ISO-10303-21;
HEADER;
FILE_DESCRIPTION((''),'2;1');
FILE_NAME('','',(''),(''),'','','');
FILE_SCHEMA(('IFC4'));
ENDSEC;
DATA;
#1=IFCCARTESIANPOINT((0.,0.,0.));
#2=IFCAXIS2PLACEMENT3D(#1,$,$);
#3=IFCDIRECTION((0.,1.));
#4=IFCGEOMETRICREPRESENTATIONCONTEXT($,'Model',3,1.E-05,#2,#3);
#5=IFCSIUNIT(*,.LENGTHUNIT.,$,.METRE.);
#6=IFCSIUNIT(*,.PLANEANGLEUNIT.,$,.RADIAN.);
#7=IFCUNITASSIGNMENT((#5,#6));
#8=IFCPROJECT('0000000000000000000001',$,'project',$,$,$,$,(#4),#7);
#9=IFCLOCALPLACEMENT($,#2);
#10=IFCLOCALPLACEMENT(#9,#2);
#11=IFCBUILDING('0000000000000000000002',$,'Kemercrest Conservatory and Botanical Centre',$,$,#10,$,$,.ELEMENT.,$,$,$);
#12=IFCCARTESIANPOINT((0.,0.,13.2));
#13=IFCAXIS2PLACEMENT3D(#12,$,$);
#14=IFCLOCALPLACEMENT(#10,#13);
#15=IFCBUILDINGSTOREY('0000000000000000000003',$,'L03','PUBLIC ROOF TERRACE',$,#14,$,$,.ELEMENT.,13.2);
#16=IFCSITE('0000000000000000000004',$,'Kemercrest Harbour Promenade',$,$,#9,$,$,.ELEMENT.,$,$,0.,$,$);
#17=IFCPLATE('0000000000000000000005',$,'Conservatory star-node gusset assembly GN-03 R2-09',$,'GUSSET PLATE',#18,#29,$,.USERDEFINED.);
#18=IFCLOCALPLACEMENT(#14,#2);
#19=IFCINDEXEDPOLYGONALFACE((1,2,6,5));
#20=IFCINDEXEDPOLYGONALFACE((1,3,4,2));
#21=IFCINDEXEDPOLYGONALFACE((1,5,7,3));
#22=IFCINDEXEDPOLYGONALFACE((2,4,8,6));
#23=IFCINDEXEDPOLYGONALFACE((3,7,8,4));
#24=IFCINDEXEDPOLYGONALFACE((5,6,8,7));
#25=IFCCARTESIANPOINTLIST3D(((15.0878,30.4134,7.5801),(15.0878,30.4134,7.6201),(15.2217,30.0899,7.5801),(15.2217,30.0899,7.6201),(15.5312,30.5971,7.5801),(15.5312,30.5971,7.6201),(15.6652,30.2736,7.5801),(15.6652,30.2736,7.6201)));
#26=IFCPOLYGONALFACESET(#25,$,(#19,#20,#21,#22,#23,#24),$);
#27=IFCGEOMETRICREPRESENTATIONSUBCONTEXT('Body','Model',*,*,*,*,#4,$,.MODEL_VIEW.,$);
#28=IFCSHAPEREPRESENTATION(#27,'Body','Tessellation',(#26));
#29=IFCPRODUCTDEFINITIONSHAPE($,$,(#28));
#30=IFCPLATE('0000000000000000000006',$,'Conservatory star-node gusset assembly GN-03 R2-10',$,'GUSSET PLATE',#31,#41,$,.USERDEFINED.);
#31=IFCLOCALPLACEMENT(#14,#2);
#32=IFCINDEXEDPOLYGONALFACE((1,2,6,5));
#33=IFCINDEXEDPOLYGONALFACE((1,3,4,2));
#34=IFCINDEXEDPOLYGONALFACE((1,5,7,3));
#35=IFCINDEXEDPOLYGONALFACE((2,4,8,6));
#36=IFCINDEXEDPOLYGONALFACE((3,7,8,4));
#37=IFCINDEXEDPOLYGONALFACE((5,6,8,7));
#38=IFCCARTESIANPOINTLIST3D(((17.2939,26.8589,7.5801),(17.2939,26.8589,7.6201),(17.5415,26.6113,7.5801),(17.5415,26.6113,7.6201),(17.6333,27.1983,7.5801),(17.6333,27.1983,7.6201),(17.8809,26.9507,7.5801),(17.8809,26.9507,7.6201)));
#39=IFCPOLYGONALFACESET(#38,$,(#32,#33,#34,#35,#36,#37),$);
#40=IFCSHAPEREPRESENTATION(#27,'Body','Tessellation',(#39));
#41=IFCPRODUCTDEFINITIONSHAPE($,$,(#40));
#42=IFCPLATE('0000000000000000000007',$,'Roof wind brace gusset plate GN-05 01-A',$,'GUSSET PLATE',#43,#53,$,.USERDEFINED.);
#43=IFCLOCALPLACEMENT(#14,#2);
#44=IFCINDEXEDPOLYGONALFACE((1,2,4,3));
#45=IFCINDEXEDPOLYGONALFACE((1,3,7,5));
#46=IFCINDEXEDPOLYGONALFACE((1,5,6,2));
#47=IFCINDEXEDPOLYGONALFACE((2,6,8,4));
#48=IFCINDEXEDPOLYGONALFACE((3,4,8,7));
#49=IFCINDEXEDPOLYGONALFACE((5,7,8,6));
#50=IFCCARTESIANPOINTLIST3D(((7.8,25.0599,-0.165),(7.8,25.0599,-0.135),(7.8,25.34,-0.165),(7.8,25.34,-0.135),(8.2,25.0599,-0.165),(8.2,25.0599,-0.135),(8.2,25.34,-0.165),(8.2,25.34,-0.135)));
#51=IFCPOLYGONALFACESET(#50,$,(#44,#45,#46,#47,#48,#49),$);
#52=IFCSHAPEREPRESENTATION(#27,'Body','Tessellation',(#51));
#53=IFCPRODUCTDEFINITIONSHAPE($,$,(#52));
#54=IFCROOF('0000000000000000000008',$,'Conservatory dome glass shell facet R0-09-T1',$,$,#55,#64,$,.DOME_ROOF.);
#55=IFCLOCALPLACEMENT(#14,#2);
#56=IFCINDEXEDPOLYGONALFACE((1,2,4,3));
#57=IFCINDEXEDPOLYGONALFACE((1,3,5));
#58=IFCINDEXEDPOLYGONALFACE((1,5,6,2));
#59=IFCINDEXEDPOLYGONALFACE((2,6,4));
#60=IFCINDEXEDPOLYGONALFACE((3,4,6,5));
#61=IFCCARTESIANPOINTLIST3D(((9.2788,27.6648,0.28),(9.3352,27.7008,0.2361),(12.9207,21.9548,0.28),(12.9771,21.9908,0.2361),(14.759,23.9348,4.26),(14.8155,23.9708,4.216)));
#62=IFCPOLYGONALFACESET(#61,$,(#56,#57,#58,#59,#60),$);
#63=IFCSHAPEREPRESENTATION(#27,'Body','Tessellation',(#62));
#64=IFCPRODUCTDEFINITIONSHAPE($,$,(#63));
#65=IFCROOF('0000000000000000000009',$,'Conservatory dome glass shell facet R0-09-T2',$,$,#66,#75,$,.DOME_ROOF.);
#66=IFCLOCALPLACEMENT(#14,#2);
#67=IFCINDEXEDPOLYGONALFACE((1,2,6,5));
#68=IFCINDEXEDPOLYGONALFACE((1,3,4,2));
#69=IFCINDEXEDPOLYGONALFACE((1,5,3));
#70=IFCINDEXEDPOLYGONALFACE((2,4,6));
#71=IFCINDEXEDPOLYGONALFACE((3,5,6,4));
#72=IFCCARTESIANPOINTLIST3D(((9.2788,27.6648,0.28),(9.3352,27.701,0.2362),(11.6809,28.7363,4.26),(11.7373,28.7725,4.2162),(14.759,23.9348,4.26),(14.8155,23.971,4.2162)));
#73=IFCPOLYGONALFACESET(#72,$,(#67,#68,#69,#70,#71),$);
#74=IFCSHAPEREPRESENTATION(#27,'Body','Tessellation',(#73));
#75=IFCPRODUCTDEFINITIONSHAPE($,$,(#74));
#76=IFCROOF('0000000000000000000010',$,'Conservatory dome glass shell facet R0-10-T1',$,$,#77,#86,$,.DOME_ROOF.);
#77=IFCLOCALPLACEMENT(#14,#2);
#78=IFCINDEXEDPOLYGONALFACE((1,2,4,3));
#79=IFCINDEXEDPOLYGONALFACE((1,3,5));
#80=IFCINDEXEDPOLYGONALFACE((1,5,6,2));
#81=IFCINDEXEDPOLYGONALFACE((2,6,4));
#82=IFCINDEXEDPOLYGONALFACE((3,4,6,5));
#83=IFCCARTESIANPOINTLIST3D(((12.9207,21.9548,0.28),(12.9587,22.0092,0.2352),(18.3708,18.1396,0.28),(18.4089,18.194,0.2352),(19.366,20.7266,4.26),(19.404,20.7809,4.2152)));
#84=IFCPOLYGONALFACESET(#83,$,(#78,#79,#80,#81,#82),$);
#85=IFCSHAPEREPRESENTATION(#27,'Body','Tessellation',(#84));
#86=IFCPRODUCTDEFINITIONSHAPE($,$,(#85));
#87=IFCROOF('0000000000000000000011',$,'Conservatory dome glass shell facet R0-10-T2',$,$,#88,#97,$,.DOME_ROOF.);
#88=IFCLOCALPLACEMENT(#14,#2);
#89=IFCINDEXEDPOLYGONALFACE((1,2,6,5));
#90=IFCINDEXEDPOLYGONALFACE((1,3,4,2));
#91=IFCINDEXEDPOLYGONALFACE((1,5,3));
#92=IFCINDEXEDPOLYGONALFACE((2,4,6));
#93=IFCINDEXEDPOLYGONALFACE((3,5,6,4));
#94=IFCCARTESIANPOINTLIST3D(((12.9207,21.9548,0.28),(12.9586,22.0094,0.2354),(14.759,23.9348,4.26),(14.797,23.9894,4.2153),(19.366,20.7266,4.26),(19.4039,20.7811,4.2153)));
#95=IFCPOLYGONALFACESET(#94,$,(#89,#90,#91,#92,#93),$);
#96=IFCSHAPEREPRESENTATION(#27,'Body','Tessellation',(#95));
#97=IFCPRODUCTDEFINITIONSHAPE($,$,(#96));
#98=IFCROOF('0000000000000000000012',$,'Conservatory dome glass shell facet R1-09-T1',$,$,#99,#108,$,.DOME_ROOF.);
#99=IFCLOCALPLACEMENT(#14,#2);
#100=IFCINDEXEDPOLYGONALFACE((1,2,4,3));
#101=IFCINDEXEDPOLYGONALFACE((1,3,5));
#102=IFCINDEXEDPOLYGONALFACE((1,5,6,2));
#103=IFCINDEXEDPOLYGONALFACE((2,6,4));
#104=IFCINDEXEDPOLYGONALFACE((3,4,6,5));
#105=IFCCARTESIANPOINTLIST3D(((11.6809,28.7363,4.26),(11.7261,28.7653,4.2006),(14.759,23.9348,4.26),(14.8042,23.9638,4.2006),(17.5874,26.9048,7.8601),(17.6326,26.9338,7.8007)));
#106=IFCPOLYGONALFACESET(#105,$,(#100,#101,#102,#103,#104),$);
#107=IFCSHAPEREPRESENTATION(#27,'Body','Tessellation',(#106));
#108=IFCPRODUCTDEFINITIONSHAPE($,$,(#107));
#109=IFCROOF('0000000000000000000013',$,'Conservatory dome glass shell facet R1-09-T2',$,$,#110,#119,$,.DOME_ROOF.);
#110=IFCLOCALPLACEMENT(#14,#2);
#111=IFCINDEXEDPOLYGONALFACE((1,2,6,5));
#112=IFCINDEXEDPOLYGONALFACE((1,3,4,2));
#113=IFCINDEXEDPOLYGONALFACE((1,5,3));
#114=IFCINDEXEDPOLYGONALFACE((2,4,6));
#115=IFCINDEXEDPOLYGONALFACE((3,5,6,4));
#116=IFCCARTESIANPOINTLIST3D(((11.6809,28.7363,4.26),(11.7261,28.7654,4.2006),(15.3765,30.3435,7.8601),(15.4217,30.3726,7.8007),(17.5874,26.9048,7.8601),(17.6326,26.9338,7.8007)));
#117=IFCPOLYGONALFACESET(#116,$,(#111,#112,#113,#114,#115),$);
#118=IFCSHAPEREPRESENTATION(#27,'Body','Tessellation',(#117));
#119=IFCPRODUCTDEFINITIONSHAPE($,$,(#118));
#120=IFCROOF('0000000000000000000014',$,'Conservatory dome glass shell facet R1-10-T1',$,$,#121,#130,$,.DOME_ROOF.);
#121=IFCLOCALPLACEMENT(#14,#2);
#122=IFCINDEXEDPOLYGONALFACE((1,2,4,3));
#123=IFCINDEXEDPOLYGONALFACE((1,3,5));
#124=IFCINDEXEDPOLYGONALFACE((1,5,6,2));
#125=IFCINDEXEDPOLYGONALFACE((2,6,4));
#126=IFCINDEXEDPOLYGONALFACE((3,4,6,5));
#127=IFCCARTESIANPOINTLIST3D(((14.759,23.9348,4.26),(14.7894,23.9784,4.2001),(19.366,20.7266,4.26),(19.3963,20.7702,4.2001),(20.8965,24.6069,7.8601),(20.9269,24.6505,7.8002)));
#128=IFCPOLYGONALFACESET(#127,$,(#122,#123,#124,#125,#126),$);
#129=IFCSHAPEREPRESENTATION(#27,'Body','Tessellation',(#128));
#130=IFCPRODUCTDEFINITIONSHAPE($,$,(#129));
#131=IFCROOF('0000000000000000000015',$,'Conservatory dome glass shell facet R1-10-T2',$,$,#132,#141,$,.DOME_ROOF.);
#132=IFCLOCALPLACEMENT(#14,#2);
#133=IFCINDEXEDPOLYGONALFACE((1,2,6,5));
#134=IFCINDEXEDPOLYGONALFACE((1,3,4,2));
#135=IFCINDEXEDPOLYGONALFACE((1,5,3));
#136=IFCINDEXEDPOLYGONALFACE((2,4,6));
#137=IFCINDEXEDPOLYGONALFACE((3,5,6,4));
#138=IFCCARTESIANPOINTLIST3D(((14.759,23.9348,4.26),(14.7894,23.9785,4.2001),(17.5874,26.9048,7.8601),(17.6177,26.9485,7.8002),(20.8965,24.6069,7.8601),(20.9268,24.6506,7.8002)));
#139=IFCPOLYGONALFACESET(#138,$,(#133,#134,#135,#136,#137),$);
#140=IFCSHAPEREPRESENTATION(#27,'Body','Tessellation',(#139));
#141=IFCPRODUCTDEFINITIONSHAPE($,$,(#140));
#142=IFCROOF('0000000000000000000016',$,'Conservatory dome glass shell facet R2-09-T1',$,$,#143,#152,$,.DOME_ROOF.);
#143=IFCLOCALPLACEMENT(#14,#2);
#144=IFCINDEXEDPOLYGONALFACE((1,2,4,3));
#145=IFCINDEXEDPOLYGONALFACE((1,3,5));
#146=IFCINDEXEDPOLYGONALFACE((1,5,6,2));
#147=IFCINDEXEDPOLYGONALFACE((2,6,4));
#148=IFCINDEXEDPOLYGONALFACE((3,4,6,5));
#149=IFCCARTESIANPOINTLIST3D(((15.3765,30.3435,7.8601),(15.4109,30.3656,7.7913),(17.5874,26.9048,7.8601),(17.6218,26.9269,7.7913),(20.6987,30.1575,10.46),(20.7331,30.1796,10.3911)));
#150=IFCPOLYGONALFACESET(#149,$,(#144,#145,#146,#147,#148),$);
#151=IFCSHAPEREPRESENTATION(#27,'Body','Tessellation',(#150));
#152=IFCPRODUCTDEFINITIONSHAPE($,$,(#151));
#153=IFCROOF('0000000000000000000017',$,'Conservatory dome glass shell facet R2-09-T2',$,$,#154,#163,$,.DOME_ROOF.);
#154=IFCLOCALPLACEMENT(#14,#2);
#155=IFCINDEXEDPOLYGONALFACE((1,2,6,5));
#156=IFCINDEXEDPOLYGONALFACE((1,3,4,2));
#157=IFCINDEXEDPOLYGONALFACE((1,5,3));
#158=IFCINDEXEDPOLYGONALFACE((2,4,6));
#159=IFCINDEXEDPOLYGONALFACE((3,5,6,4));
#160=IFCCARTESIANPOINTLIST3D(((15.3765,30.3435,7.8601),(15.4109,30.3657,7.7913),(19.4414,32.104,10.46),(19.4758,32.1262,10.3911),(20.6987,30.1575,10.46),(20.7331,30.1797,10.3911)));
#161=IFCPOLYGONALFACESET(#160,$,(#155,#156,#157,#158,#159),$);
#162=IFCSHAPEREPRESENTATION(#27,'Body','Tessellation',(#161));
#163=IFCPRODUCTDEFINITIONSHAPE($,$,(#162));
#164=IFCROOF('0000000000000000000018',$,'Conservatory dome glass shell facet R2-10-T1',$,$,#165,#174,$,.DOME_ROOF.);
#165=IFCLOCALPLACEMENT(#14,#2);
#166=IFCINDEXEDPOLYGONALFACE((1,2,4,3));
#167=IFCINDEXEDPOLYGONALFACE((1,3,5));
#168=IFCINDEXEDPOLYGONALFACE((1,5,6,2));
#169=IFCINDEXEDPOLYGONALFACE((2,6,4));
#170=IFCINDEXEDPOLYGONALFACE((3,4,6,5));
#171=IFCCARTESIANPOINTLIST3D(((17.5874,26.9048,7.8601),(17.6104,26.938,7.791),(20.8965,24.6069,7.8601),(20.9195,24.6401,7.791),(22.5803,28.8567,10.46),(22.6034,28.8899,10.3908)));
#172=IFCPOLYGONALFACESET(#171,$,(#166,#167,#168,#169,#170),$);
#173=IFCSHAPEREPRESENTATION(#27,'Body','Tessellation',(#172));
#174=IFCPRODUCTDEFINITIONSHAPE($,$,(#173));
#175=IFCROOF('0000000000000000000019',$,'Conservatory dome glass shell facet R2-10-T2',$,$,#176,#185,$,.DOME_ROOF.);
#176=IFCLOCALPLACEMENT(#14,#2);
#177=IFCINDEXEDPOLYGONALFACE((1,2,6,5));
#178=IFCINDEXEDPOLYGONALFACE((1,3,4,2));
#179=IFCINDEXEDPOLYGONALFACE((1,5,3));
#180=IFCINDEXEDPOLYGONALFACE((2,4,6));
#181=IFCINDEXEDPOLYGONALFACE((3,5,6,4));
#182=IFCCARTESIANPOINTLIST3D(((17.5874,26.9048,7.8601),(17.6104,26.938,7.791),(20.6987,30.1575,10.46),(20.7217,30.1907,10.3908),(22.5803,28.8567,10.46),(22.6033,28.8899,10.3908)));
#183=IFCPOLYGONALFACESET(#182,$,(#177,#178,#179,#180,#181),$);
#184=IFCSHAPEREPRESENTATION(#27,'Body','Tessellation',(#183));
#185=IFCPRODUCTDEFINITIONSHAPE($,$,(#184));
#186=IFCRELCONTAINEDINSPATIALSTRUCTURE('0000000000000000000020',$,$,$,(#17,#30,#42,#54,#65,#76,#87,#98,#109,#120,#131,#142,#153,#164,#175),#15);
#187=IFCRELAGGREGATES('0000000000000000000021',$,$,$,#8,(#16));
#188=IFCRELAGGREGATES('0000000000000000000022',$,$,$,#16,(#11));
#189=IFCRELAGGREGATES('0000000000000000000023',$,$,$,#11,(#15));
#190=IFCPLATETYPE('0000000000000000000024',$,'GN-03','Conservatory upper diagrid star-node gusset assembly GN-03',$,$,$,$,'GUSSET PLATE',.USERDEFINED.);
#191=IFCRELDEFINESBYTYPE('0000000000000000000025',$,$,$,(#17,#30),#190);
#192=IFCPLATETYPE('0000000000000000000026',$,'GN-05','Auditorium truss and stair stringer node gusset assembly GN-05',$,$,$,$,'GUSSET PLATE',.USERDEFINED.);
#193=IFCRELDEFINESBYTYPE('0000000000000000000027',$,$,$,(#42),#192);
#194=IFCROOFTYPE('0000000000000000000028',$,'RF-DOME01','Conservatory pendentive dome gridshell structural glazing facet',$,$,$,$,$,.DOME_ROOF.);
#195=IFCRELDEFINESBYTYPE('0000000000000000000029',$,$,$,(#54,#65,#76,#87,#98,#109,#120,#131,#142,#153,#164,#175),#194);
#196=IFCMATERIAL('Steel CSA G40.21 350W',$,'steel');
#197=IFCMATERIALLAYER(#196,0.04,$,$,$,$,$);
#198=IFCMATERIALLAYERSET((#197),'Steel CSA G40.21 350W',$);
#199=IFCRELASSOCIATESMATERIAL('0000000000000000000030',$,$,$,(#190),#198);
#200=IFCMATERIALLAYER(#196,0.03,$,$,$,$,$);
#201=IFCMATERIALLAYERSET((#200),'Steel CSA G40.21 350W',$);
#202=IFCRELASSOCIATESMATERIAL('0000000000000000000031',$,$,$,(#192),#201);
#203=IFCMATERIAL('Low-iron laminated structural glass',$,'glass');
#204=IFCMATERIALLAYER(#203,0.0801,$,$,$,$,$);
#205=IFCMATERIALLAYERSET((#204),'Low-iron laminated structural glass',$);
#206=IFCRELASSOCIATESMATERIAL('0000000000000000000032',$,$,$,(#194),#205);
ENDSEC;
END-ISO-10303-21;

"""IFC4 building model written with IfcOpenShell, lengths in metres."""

from ifc_helpers import new_model, si_unit, direction, frame, origin, origin_2d, place, context, subcontext, project, spatial, polyline, rectangle, outline, extrude, material, layer, layer_set, type_object, element, save


model = new_model("IFC4")

# Units and contexts
model_context = context("Model", 3, precision=1e-05, world=origin(), true_north=direction((0.0, 1.0)))
body_context = subcontext(model_context, "Body", "Model", "MODEL_VIEW")
ifc_project = project(units=[si_unit("LENGTHUNIT", "METRE"), si_unit("PLANEANGLEUNIT", "RADIAN")], contexts=[model_context])

# Site, building, storey
site_placement = place(None, origin())
site = spatial("IfcSite", under=ifc_project, at=site_placement, Name="Kemercrest Harbour Promenade", CompositionType="ELEMENT", RefElevation=0.0)
building_placement = place(site_placement, origin())
building = spatial("IfcBuilding", under=site, at=building_placement, Name="Kemercrest Conservatory and Botanical Centre", CompositionType="ELEMENT")
storey_placement = place(building_placement, frame((0.0, 0.0, 13.2)))
storey = spatial("IfcBuildingStorey", under=building, at=storey_placement, Name="L03", Description="PUBLIC ROOF TERRACE", CompositionType="ELEMENT", Elevation=13.2)

# Shared definitions
ifc_material_1 = material(Name="Steel CSA G40.21 350W", Category="steel")

# Plates
ifc_layer_1 = layer(ifc_material_1, 0.04)
ifc_layer_set_1 = layer_set([ifc_layer_1], Name="Steel CSA G40.21 350W")
plate_type_1 = type_object("IfcPlateType", Name="GN-03", Description="Conservatory upper diagrid star-node gusset assembly GN-03", ElementType="GUSSET PLATE", PredefinedType="USERDEFINED", material=ifc_layer_set_1)
for number, where, z_axis, x_axis, name in (
    (1, (15.3765, 30.3435, 7.5801), (0.0, 0.0, 1.0), (0.92388, 0.382683, 0.0), "Conservatory star-node gusset assembly GN-03 R2-09"),
    (2, (17.5874, 26.9048, 7.5801), (0.0, 0.0, 1.0), (0.707107, 0.707107, 0.0), "Conservatory star-node gusset assembly GN-03 R2-10"),
):
    element("IfcPlate", number, at=place(storey_placement, frame(where, z_axis=z_axis, x_axis=x_axis)), inside=storey, type_object=plate_type_1, Name=name, ObjectType="GUSSET PLATE", PredefinedType="USERDEFINED", context=body_context, shape_type="SweptSolid", body=[
        extrude(rectangle(XDim=0.48, YDim=0.3501, at=origin_2d()), origin(), (0.0, 0.0, 1.0), 0.04),
    ])
ifc_layer_2 = layer(ifc_material_1, 0.03)
ifc_layer_set_2 = layer_set([ifc_layer_2], Name="Steel CSA G40.21 350W")
plate_type_2 = type_object("IfcPlateType", Name="GN-05", Description="Auditorium truss and stair stringer node gusset assembly GN-05", ElementType="GUSSET PLATE", PredefinedType="USERDEFINED", material=ifc_layer_set_2)
plate_1_placement = place(storey_placement, frame((8.0, 25.2, -0.165), z_axis=(0.0, 0.0, 1.0), x_axis=(1.0, 0.0, 0.0)))
element("IfcPlate", 3, at=plate_1_placement, inside=storey, type_object=plate_type_2, Name="Roof wind brace gusset plate GN-05 01-A", ObjectType="GUSSET PLATE", PredefinedType="USERDEFINED", context=body_context, shape_type="SweptSolid", body=[
    extrude(rectangle(XDim=0.3999, YDim=0.28, at=origin_2d()), origin(), (0.0, 0.0, 1.0), 0.03),
])

# Roofs
ifc_material_2 = material(Name="Low-iron laminated structural glass", Category="glass")
ifc_layer_3 = layer(ifc_material_2, 0.0801)
ifc_layer_set_3 = layer_set([ifc_layer_3], Name="Low-iron laminated structural glass")
roof_type = type_object("IfcRoofType", Name="RF-DOME01", Description="Conservatory pendentive dome gridshell structural glazing facet", PredefinedType="DOME_ROOF", material=ifc_layer_set_3)
roof_1_placement = place(storey_placement, frame((9.2788, 27.6648, 0.28), z_axis=(-0.704652, -0.449431, 0.549069), x_axis=(0.537741, -0.84311, 0.0)))
element("IfcRoof", 4, at=roof_1_placement, inside=storey, type_object=roof_type, Name="Conservatory dome glass shell facet R0-09-T1", PredefinedType="DOME_ROOF", context=body_context, shape_type="SweptSolid", body=[
    extrude(outline(polyline([(0.0, 0.0), (6.7725, 0.0), (6.0917, 4.762), (0.0, 0.0)])), origin(), (0.0, 0.0, -1.0), 0.0801),
])
roof_2_placement = place(storey_placement, frame((9.2788, 27.6648, 0.28), z_axis=(-0.704755, -0.4518, 0.54699), x_axis=(0.70876, -0.4824, 0.514733)))
element("IfcRoof", 5, at=roof_2_placement, inside=storey, type_object=roof_type, Name="Conservatory dome glass shell facet R0-09-T2", PredefinedType="DOME_ROOF", context=body_context, shape_type="SweptSolid", body=[
    extrude(outline(polyline([(0.0, 0.0), (7.7321, 0.0), (3.2342, 3.5069), (0.0, 0.0)])), origin(), (0.0, 0.0, -1.0), 0.0801),
])
roof_3_placement = place(storey_placement, frame((12.9207, 21.9548, 0.28), z_axis=(-0.475126, -0.678743, 0.559967), x_axis=(0.819228, -0.573467, 0.0)))
element("IfcRoof", 6, at=roof_3_placement, inside=storey, type_object=roof_type, Name="Conservatory dome glass shell facet R0-10-T1", PredefinedType="DOME_ROOF", context=body_context, shape_type="SweptSolid", body=[
    extrude(outline(polyline([(0.0, 0.0), (6.6528, 0.0), (5.9846, 4.8038), (0.0, 0.0)])), origin(), (0.0, 0.0, -1.0), 0.0801),
])
roof_4_placement = place(storey_placement, frame((12.9207, 21.9548, 0.28), z_axis=(-0.474279, -0.681047, 0.557883), x_axis=(0.839885, -0.160055, 0.518629)))
element("IfcRoof", 7, at=roof_4_placement, inside=storey, type_object=roof_type, Name="Conservatory dome glass shell facet R0-10-T2", PredefinedType="DOME_ROOF", context=body_context, shape_type="SweptSolid", body=[
    extrude(outline(polyline([(0.0, 0.0), (7.674, 0.0), (3.2913, 3.5083), (0.0, 0.0)])), origin(), (0.0, 0.0, -1.0), 0.0801),
])
roof_5_placement = place(storey_placement, frame((11.6809, 28.7363, 4.26), z_axis=(-0.564432, -0.361843, 0.741948), x_axis=(0.539695, -0.841861, 0.0)))
element("IfcRoof", 8, at=roof_5_placement, inside=storey, type_object=roof_type, Name="Conservatory dome glass shell facet R1-09-T1", PredefinedType="DOME_ROOF", context=body_context, shape_type="SweptSolid", body=[
    extrude(outline(polyline([(0.0, 0.0), (5.7035, 0.0), (4.7296, 5.3696), (0.0, 0.0)])), origin(), (0.0, 0.0, -1.0), 0.0801),
])
roof_6_placement = place(storey_placement, frame((11.6809, 28.7363, 4.26), z_axis=(-0.564441, -0.362909, 0.74142), x_axis=(0.825442, -0.255961, 0.503119)))
element("IfcRoof", 9, at=roof_6_placement, inside=storey, type_object=roof_type, Name="Conservatory dome glass shell facet R1-09-T2", PredefinedType="DOME_ROOF", context=body_context, shape_type="SweptSolid", body=[
    extrude(outline(polyline([(0.0, 0.0), (7.1556, 0.0), (4.4504, 3.0651), (0.0, 0.0)])), origin(), (0.0, 0.0, -1.0), 0.0801),
])
roof_7_placement = place(storey_placement, frame((14.759, 23.9348, 4.26), z_axis=(-0.379205, -0.544524, 0.748129), x_axis=(0.820619, -0.571476, 0.0)))
element("IfcRoof", 10, at=roof_7_placement, inside=storey, type_object=roof_type, Name="Conservatory dome glass shell facet R1-10-T1", PredefinedType="DOME_ROOF", context=body_context, shape_type="SweptSolid", body=[
    extrude(outline(polyline([(0.0, 0.0), (5.614, 0.0), (4.6524, 5.4255), (0.0, 0.0)])), origin(), (0.0, 0.0, -1.0), 0.0801),
])
roof_8_placement = place(storey_placement, frame((14.759, 23.9348, 4.26), z_axis=(-0.3788, -0.545502, 0.747622), x_axis=(0.858735, 0.094041, 0.503716)))
element("IfcRoof", 11, at=roof_8_placement, inside=storey, type_object=roof_type, Name="Conservatory dome glass shell facet R1-10-T2", PredefinedType="DOME_ROOF", context=body_context, shape_type="SweptSolid", body=[
    extrude(outline(polyline([(0.0, 0.0), (7.1471, 0.0), (4.5215, 3.0556), (0.0, 0.0)])), origin(), (0.0, 0.0, -1.0), 0.0801),
])
roof_9_placement = place(storey_placement, frame((15.3765, 30.3435, 7.8601), z_axis=(-0.429619, -0.276225, 0.859725), x_axis=(0.540815, -0.841142, 0.0)))
element("IfcRoof", 12, at=roof_9_placement, inside=storey, type_object=roof_type, Name="Conservatory dome glass shell facet R2-09-T1", PredefinedType="DOME_ROOF", context=body_context, shape_type="SweptSolid", body=[
    extrude(outline(polyline([(0.0, 0.0), (4.0882, 0.0), (3.0348, 5.0902), (0.0, 0.0)])), origin(), (0.0, 0.0, -1.0), 0.0801),
])
roof_10_placement = place(storey_placement, frame((15.3765, 30.3435, 7.8601), z_axis=(-0.429501, -0.277427, 0.859397), x_axis=(0.898084, -0.031392, 0.438702)))
element("IfcRoof", 13, at=roof_10_placement, inside=storey, type_object=roof_type, Name="Conservatory dome glass shell facet R2-09-T2", PredefinedType="DOME_ROOF", context=body_context, shape_type="SweptSolid", body=[
    extrude(outline(polyline([(0.0, 0.0), (5.9262, 0.0), (4.736, 1.9882), (0.0, 0.0)])), origin(), (0.0, 0.0, -1.0), 0.0801),
])
roof_11_placement = place(storey_placement, frame((17.5874, 26.9048, 7.8601), z_axis=(-0.287674, -0.414273, 0.863494), x_axis=(0.821384, -0.570375, 0.0)))
element("IfcRoof", 14, at=roof_11_placement, inside=storey, type_object=roof_type, Name="Conservatory dome glass shell facet R2-10-T1", PredefinedType="DOME_ROOF", context=body_context, shape_type="SweptSolid", body=[
    extrude(outline(polyline([(0.0, 0.0), (4.0287, 0.0), (2.9878, 5.1548), (0.0, 0.0)])), origin(), (0.0, 0.0, -1.0), 0.0801),
])
roof_12_placement = place(storey_placement, frame((17.5874, 26.9048, 7.8601), z_axis=(-0.28711, -0.415307, 0.863185), x_axis=(0.838012, 0.327608, 0.436359)))
element("IfcRoof", 15, at=roof_12_placement, inside=storey, type_object=roof_type, Name="Conservatory dome glass shell facet R2-10-T2", PredefinedType="DOME_ROOF", context=body_context, shape_type="SweptSolid", body=[
    extrude(outline(polyline([(0.0, 0.0), (5.9581, 0.0), (4.8074, 1.977), (0.0, 0.0)])), origin(), (0.0, 0.0, -1.0), 0.0801),
])

save(model, "model.ifc")
